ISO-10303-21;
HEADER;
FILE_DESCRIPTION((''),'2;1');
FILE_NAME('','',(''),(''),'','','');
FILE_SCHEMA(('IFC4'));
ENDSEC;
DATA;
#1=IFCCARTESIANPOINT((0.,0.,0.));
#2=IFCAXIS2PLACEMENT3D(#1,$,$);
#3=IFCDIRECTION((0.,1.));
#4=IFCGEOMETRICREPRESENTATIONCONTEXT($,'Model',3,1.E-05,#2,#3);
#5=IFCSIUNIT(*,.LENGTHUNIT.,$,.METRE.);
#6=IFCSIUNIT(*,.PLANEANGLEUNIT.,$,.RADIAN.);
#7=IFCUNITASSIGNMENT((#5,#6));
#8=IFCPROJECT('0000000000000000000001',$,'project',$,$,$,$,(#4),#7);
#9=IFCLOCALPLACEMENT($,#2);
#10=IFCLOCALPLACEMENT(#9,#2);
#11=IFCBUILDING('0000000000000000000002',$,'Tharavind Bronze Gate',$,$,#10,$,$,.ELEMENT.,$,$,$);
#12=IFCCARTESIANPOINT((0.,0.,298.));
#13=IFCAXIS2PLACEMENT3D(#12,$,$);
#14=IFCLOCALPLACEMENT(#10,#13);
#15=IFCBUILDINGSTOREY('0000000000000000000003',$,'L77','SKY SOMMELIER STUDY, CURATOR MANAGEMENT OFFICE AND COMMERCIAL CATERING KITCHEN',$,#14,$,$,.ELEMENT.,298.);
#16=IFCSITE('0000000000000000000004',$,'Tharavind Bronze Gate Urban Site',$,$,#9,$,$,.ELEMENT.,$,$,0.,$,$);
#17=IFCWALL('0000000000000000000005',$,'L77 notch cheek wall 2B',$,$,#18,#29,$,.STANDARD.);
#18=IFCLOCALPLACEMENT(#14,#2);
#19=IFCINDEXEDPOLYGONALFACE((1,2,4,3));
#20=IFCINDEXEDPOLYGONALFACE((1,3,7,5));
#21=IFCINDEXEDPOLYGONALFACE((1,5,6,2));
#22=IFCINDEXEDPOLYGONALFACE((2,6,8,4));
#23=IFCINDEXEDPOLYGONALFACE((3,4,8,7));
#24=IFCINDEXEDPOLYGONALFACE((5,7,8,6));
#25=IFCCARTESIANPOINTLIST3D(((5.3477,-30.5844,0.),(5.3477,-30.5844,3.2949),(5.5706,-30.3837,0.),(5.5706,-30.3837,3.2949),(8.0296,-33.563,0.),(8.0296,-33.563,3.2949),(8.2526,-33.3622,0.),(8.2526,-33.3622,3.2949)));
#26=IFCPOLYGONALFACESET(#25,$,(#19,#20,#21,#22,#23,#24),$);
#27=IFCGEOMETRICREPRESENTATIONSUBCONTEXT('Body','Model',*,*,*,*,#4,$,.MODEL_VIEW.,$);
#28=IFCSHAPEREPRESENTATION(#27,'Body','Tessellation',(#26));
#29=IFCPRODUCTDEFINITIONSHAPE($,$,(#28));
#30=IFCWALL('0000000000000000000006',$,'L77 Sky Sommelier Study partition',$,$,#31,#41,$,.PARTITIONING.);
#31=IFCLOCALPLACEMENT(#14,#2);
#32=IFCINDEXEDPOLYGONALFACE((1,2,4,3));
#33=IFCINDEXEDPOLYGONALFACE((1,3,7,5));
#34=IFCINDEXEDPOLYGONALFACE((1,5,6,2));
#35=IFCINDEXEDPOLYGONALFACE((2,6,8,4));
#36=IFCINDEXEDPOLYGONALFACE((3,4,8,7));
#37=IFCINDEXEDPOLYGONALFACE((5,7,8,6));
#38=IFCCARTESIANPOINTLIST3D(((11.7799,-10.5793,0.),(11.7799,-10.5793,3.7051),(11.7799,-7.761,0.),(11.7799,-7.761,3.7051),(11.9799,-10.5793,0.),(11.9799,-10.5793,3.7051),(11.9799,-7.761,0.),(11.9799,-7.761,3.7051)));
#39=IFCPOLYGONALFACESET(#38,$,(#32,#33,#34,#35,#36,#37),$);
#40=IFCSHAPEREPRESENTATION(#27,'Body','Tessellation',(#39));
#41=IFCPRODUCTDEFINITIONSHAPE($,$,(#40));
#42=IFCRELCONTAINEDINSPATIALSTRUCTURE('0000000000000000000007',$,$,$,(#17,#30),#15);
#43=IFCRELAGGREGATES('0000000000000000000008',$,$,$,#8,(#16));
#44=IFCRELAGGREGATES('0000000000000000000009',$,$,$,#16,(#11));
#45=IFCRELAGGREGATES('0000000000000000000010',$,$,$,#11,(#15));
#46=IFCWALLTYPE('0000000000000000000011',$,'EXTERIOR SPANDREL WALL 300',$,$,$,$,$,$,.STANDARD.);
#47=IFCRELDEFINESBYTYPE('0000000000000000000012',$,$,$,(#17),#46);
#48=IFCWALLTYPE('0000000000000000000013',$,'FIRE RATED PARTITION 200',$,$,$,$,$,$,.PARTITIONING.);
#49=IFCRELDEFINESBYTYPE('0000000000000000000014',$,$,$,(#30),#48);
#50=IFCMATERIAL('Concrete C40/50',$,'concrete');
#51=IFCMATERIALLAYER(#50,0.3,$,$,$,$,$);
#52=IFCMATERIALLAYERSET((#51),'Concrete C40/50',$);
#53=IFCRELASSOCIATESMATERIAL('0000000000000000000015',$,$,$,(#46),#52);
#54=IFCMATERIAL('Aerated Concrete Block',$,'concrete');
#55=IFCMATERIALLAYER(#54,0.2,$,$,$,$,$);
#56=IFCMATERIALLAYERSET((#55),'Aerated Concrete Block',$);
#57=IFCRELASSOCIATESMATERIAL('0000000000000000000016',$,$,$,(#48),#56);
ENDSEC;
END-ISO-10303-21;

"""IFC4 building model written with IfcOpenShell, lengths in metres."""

from ifc_helpers import new_model, si_unit, direction, frame, frame_2d, origin, place, context, subcontext, project, spatial, rectangle, extrude, material, layer, layer_set, type_object, element, save


model = new_model("IFC4")

# Units and contexts
model_context = context("Model", 3, precision=1e-05, world=origin(), true_north=direction((0.0, 1.0)))
body_context = subcontext(model_context, "Body", "Model", "MODEL_VIEW")
ifc_project = project(units=[si_unit("LENGTHUNIT", "METRE"), si_unit("PLANEANGLEUNIT", "RADIAN")], contexts=[model_context])

# Site, building, storey
site_placement = place(None, origin())
site = spatial("IfcSite", under=ifc_project, at=site_placement, Name="Tharavind Bronze Gate Urban Site", CompositionType="ELEMENT", RefElevation=0.0)
building_placement = place(site_placement, origin())
building = spatial("IfcBuilding", under=site, at=building_placement, Name="Tharavind Bronze Gate", CompositionType="ELEMENT")
storey_placement = place(building_placement, frame((0.0, 0.0, 298.0)))
storey = spatial("IfcBuildingStorey", under=building, at=storey_placement, Name="L77", Description="SKY SOMMELIER STUDY, CURATOR MANAGEMENT OFFICE AND COMMERCIAL CATERING KITCHEN", CompositionType="ELEMENT", Elevation=298.0)

# Walls
ifc_material_1 = material(Name="Concrete C40/50", Category="concrete")
ifc_layer_1 = layer(ifc_material_1, 0.3)
ifc_layer_set_1 = layer_set([ifc_layer_1], Name="Concrete C40/50")
wall_type_1 = type_object("IfcWallType", Name="EXTERIOR SPANDREL WALL 300", PredefinedType="STANDARD", material=ifc_layer_set_1)
wall_1_placement = place(storey_placement, frame((5.4592, -30.4841, 0.0), z_axis=(0.0, 0.0, 1.0), x_axis=(0.669133, -0.743143, 0.0)))
element("IfcWall", 1, at=wall_1_placement, inside=storey, type_object=wall_type_1, Name="L77 notch cheek wall 2B", PredefinedType="STANDARD", context=body_context, shape_type="SweptSolid", body=[
    extrude(rectangle(XDim=4.0081, YDim=0.3, at=frame_2d((2.0039, 0.0))), origin(), (0.0, 0.0, 1.0), 3.2949),
])
ifc_material_2 = material(Name="Aerated Concrete Block", Category="concrete")
ifc_layer_2 = layer(ifc_material_2, 0.2)
ifc_layer_set_2 = layer_set([ifc_layer_2], Name="Aerated Concrete Block")
wall_type_2 = type_object("IfcWallType", Name="FIRE RATED PARTITION 200", PredefinedType="PARTITIONING", material=ifc_layer_set_2)
wall_2_placement = place(storey_placement, frame((11.8799, -10.5793, 0.0), z_axis=(0.0, 0.0, 1.0), x_axis=(0.0, 1.0, 0.0)))
element("IfcWall", 2, at=wall_2_placement, inside=storey, type_object=wall_type_2, Name="L77 Sky Sommelier Study partition", PredefinedType="PARTITIONING", context=body_context, shape_type="SweptSolid", body=[
    extrude(rectangle(XDim=2.8184, YDim=0.2, at=frame_2d((1.4092, 0.0))), origin(), (0.0, 0.0, 1.0), 3.7051),
])

save(model, "model.ifc")
